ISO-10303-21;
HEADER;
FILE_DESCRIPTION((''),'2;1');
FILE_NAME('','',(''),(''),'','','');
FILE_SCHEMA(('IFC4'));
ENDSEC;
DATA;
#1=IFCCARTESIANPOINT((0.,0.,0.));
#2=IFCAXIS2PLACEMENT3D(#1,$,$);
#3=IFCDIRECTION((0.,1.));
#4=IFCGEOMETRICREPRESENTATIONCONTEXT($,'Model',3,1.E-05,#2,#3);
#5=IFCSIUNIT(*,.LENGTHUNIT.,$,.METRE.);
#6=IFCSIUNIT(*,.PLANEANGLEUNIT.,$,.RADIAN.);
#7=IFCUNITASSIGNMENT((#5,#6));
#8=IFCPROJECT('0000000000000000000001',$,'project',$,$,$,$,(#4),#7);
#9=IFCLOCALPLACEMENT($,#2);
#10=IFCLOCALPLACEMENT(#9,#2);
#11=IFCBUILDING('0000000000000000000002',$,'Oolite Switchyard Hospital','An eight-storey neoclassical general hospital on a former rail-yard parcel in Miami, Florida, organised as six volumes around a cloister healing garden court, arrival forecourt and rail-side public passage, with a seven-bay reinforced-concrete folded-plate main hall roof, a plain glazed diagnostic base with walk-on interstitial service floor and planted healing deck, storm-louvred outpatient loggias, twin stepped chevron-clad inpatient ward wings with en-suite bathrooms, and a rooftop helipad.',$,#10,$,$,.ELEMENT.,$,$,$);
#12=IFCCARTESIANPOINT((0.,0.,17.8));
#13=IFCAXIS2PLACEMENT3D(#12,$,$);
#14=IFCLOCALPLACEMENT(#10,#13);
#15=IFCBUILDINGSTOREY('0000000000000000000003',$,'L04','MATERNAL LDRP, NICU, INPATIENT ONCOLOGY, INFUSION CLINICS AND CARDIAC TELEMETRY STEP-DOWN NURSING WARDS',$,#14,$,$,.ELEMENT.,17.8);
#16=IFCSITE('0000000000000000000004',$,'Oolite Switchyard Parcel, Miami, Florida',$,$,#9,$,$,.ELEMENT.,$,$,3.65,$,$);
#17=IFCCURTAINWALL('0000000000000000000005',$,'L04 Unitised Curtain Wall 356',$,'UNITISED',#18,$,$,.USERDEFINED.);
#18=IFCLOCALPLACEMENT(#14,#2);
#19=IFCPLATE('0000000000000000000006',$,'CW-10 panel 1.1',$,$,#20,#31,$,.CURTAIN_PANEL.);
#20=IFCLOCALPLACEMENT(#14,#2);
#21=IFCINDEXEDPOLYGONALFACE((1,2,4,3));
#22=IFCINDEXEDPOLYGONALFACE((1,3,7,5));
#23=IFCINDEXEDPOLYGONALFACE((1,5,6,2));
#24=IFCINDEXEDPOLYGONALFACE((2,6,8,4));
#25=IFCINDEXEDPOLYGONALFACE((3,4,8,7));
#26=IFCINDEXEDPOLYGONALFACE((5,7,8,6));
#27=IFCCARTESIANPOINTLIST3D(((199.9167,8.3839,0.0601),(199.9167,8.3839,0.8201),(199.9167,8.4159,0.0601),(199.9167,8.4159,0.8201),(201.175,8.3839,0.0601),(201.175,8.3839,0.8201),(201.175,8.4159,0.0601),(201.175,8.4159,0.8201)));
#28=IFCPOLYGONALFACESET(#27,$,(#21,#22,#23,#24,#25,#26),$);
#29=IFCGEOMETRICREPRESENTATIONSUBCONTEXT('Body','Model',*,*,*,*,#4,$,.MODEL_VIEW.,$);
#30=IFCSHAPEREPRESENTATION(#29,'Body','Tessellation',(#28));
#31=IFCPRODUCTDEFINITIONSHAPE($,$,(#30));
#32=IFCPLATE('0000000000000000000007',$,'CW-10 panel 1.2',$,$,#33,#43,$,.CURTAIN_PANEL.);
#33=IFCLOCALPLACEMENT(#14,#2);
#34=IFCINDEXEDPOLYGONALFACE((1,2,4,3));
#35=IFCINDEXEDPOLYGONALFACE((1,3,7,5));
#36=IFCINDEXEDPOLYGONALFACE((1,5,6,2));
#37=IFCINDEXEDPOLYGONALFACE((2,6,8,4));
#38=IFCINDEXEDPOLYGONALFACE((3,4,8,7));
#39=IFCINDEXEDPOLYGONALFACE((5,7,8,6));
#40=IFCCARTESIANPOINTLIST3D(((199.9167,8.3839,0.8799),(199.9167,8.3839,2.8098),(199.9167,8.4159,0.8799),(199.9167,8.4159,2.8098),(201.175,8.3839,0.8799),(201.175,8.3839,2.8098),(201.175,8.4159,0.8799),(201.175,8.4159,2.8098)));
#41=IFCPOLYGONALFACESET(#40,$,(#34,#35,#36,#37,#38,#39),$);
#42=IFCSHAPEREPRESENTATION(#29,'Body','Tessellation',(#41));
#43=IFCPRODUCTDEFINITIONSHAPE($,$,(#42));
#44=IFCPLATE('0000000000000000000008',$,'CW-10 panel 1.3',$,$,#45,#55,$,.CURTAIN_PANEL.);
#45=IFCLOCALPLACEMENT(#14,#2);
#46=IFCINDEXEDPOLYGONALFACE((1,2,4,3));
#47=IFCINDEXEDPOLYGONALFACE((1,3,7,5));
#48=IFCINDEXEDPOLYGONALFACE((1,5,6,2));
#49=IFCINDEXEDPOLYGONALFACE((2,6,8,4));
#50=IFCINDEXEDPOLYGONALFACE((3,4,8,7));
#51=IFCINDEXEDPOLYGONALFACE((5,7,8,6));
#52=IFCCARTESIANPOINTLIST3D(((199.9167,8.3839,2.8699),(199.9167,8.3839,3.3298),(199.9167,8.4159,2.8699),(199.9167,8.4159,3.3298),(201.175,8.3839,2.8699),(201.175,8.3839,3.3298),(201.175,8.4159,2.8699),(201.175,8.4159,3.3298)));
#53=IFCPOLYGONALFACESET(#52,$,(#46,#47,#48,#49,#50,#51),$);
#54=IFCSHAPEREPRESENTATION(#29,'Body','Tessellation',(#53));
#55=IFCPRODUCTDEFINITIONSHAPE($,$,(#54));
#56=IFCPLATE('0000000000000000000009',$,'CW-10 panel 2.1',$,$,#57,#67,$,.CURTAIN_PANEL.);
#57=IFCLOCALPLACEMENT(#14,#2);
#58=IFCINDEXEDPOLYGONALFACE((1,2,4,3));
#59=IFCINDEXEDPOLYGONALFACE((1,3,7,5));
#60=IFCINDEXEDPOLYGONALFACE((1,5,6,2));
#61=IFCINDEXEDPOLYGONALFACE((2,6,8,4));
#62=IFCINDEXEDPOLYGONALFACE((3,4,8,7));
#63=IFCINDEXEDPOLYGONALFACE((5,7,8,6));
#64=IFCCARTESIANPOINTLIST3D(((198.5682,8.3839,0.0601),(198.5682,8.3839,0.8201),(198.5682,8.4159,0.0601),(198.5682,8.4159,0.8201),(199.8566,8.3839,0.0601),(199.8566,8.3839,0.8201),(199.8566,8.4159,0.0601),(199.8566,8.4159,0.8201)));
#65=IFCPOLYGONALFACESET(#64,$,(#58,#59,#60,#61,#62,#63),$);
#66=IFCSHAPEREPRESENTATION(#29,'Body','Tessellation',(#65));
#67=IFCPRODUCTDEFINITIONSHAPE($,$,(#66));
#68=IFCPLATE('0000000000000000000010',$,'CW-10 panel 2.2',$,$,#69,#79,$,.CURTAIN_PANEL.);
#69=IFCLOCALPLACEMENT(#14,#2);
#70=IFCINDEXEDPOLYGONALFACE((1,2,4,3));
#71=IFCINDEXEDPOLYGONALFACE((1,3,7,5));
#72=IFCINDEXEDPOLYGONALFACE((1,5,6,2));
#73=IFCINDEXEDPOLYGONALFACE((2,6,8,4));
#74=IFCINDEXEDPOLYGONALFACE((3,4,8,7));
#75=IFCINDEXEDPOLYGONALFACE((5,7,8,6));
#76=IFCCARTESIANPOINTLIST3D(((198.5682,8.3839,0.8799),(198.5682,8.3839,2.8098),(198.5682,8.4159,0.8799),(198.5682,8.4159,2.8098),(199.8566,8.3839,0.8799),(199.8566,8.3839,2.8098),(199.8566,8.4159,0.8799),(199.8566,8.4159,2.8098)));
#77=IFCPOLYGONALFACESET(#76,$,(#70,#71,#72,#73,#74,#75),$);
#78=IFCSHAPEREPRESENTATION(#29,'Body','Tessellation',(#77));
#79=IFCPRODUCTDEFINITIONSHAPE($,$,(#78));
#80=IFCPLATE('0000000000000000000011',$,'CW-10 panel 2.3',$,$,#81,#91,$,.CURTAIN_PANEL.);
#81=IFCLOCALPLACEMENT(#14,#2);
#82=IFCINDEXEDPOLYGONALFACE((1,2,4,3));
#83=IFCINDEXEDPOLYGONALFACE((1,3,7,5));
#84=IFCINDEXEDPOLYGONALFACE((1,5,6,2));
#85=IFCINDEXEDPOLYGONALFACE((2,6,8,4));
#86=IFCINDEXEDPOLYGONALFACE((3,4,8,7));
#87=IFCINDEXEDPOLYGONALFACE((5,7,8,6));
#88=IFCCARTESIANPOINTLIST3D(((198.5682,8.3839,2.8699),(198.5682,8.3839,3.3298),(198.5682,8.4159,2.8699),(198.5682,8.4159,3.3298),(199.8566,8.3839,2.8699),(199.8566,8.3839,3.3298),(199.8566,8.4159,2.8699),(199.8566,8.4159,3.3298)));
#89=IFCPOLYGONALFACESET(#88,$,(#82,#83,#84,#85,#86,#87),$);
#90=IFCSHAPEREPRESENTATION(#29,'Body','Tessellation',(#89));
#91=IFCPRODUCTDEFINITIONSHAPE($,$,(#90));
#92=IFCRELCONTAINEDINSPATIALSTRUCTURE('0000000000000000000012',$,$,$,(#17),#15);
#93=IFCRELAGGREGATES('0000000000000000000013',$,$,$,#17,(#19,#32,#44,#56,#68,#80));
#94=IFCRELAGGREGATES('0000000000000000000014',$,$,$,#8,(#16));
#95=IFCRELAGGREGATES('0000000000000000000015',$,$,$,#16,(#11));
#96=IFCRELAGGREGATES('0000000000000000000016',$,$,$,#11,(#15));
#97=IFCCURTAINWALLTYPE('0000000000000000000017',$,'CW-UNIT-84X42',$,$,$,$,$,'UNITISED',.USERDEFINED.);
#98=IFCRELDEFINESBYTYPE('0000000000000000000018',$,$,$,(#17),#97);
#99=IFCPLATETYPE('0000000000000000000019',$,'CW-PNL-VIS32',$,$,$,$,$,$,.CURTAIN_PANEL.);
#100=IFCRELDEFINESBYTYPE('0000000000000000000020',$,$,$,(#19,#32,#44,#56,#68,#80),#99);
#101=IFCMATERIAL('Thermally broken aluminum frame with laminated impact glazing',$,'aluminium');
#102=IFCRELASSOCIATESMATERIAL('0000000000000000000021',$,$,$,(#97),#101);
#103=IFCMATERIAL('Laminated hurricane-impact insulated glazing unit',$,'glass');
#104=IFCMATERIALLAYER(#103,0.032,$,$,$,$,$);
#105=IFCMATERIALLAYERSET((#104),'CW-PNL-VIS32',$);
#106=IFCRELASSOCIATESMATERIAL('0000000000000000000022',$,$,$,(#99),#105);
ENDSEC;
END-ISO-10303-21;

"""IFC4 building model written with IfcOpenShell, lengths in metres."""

from ifc_helpers import new_model, si_unit, direction, frame, origin, origin_2d, place, context, subcontext, project, spatial, rectangle, extrude, material, layer, layer_set, type_object, element, aggregate, save


model = new_model("IFC4")

# Units and contexts
model_context = context("Model", 3, precision=1e-05, world=origin(), true_north=direction((0.0, 1.0)))
body_context = subcontext(model_context, "Body", "Model", "MODEL_VIEW")
ifc_project = project(units=[si_unit("LENGTHUNIT", "METRE"), si_unit("PLANEANGLEUNIT", "RADIAN")], contexts=[model_context])

# Site, building, storey
site_placement = place(None, origin())
site = spatial("IfcSite", under=ifc_project, at=site_placement, Name="Oolite Switchyard Parcel, Miami, Florida", CompositionType="ELEMENT", RefElevation=3.65)
building_placement = place(site_placement, origin())
building = spatial("IfcBuilding", under=site, at=building_placement, Name="Oolite Switchyard Hospital", Description="An eight-storey neoclassical general hospital on a former rail-yard parcel in Miami, Florida, organised as six volumes around a cloister healing garden court, arrival forecourt and rail-side public passage, with a seven-bay reinforced-concrete folded-plate main hall roof, a plain glazed diagnostic base with walk-on interstitial service floor and planted healing deck, storm-louvred outpatient loggias, twin stepped chevron-clad inpatient ward wings with en-suite bathrooms, and a rooftop helipad.", CompositionType="ELEMENT")
storey_placement = place(building_placement, frame((0.0, 0.0, 17.8)))
storey = spatial("IfcBuildingStorey", under=building, at=storey_placement, Name="L04", Description="MATERNAL LDRP, NICU, INPATIENT ONCOLOGY, INFUSION CLINICS AND CARDIAC TELEMETRY STEP-DOWN NURSING WARDS", CompositionType="ELEMENT", Elevation=17.8)

# Curtain wall, plates
ifc_material_1 = material(Name="Thermally broken aluminum frame with laminated impact glazing", Category="aluminium")
curtain_wall_type = type_object("IfcCurtainWallType", Name="CW-UNIT-84X42", ElementType="UNITISED", PredefinedType="USERDEFINED", material=ifc_material_1)
curtain_wall_placement = place(storey_placement, origin())
curtain_wall = element("IfcCurtainWall", 1, at=curtain_wall_placement, inside=storey, type_object=curtain_wall_type, Name="L04 Unitised Curtain Wall 356", ObjectType="UNITISED", PredefinedType="USERDEFINED")
ifc_material_2 = material(Name="Laminated hurricane-impact insulated glazing unit", Category="glass")
ifc_layer = layer(ifc_material_2, 0.032)
ifc_layer_set = layer_set([ifc_layer], Name="CW-PNL-VIS32")
plate_type = type_object("IfcPlateType", Name="CW-PNL-VIS32", PredefinedType="CURTAIN_PANEL", material=ifc_layer_set)
plate_1_placement = place(storey_placement, frame((200.5459, 8.3999, 0.0601), z_axis=(0.0, 0.0, 1.0), x_axis=(-1.0, 0.0, 0.0)))
plate_1 = element("IfcPlate", 2, at=plate_1_placement, type_object=plate_type, Name="CW-10 panel 1.1", PredefinedType="CURTAIN_PANEL", context=body_context, shape_type="SweptSolid", body=[
    extrude(rectangle(XDim=1.2583, YDim=0.032, at=origin_2d()), origin(), (0.0, 0.0, 1.0), 0.76),
])
plate_2_placement = place(storey_placement, frame((200.5459, 8.3999, 0.8799), z_axis=(0.0, 0.0, 1.0), x_axis=(-1.0, 0.0, 0.0)))
plate_2 = element("IfcPlate", 3, at=plate_2_placement, type_object=plate_type, Name="CW-10 panel 1.2", PredefinedType="CURTAIN_PANEL", context=body_context, shape_type="SweptSolid", body=[
    extrude(rectangle(XDim=1.2583, YDim=0.032, at=origin_2d()), origin(), (0.0, 0.0, 1.0), 1.9299),
])
plate_3_placement = place(storey_placement, frame((200.5459, 8.3999, 2.8699), z_axis=(0.0, 0.0, 1.0), x_axis=(-1.0, 0.0, 0.0)))
plate_3 = element("IfcPlate", 4, at=plate_3_placement, type_object=plate_type, Name="CW-10 panel 1.3", PredefinedType="CURTAIN_PANEL", context=body_context, shape_type="SweptSolid", body=[
    extrude(rectangle(XDim=1.2583, YDim=0.032, at=origin_2d()), origin(), (0.0, 0.0, 1.0), 0.46),
])
plate_4_placement = place(storey_placement, frame((199.2124, 8.3999, 0.0601), z_axis=(0.0, 0.0, 1.0), x_axis=(-1.0, 0.0, 0.0)))
plate_4 = element("IfcPlate", 5, at=plate_4_placement, type_object=plate_type, Name="CW-10 panel 2.1", PredefinedType="CURTAIN_PANEL", context=body_context, shape_type="SweptSolid", body=[
    extrude(rectangle(XDim=1.2883, YDim=0.032, at=origin_2d()), origin(), (0.0, 0.0, 1.0), 0.76),
])
plate_5_placement = place(storey_placement, frame((199.2124, 8.3999, 0.8799), z_axis=(0.0, 0.0, 1.0), x_axis=(-1.0, 0.0, 0.0)))
plate_5 = element("IfcPlate", 6, at=plate_5_placement, type_object=plate_type, Name="CW-10 panel 2.2", PredefinedType="CURTAIN_PANEL", context=body_context, shape_type="SweptSolid", body=[
    extrude(rectangle(XDim=1.2883, YDim=0.032, at=origin_2d()), origin(), (0.0, 0.0, 1.0), 1.9299),
])
plate_6_placement = place(storey_placement, frame((199.2124, 8.3999, 2.8699), z_axis=(0.0, 0.0, 1.0), x_axis=(-1.0, 0.0, 0.0)))
plate_6 = element("IfcPlate", 7, at=plate_6_placement, type_object=plate_type, Name="CW-10 panel 2.3", PredefinedType="CURTAIN_PANEL", context=body_context, shape_type="SweptSolid", body=[
    extrude(rectangle(XDim=1.2883, YDim=0.032, at=origin_2d()), origin(), (0.0, 0.0, 1.0), 0.46),
])
aggregate(curtain_wall, [plate_1, plate_2, plate_3, plate_4, plate_5, plate_6])

save(model, "model.ifc")
